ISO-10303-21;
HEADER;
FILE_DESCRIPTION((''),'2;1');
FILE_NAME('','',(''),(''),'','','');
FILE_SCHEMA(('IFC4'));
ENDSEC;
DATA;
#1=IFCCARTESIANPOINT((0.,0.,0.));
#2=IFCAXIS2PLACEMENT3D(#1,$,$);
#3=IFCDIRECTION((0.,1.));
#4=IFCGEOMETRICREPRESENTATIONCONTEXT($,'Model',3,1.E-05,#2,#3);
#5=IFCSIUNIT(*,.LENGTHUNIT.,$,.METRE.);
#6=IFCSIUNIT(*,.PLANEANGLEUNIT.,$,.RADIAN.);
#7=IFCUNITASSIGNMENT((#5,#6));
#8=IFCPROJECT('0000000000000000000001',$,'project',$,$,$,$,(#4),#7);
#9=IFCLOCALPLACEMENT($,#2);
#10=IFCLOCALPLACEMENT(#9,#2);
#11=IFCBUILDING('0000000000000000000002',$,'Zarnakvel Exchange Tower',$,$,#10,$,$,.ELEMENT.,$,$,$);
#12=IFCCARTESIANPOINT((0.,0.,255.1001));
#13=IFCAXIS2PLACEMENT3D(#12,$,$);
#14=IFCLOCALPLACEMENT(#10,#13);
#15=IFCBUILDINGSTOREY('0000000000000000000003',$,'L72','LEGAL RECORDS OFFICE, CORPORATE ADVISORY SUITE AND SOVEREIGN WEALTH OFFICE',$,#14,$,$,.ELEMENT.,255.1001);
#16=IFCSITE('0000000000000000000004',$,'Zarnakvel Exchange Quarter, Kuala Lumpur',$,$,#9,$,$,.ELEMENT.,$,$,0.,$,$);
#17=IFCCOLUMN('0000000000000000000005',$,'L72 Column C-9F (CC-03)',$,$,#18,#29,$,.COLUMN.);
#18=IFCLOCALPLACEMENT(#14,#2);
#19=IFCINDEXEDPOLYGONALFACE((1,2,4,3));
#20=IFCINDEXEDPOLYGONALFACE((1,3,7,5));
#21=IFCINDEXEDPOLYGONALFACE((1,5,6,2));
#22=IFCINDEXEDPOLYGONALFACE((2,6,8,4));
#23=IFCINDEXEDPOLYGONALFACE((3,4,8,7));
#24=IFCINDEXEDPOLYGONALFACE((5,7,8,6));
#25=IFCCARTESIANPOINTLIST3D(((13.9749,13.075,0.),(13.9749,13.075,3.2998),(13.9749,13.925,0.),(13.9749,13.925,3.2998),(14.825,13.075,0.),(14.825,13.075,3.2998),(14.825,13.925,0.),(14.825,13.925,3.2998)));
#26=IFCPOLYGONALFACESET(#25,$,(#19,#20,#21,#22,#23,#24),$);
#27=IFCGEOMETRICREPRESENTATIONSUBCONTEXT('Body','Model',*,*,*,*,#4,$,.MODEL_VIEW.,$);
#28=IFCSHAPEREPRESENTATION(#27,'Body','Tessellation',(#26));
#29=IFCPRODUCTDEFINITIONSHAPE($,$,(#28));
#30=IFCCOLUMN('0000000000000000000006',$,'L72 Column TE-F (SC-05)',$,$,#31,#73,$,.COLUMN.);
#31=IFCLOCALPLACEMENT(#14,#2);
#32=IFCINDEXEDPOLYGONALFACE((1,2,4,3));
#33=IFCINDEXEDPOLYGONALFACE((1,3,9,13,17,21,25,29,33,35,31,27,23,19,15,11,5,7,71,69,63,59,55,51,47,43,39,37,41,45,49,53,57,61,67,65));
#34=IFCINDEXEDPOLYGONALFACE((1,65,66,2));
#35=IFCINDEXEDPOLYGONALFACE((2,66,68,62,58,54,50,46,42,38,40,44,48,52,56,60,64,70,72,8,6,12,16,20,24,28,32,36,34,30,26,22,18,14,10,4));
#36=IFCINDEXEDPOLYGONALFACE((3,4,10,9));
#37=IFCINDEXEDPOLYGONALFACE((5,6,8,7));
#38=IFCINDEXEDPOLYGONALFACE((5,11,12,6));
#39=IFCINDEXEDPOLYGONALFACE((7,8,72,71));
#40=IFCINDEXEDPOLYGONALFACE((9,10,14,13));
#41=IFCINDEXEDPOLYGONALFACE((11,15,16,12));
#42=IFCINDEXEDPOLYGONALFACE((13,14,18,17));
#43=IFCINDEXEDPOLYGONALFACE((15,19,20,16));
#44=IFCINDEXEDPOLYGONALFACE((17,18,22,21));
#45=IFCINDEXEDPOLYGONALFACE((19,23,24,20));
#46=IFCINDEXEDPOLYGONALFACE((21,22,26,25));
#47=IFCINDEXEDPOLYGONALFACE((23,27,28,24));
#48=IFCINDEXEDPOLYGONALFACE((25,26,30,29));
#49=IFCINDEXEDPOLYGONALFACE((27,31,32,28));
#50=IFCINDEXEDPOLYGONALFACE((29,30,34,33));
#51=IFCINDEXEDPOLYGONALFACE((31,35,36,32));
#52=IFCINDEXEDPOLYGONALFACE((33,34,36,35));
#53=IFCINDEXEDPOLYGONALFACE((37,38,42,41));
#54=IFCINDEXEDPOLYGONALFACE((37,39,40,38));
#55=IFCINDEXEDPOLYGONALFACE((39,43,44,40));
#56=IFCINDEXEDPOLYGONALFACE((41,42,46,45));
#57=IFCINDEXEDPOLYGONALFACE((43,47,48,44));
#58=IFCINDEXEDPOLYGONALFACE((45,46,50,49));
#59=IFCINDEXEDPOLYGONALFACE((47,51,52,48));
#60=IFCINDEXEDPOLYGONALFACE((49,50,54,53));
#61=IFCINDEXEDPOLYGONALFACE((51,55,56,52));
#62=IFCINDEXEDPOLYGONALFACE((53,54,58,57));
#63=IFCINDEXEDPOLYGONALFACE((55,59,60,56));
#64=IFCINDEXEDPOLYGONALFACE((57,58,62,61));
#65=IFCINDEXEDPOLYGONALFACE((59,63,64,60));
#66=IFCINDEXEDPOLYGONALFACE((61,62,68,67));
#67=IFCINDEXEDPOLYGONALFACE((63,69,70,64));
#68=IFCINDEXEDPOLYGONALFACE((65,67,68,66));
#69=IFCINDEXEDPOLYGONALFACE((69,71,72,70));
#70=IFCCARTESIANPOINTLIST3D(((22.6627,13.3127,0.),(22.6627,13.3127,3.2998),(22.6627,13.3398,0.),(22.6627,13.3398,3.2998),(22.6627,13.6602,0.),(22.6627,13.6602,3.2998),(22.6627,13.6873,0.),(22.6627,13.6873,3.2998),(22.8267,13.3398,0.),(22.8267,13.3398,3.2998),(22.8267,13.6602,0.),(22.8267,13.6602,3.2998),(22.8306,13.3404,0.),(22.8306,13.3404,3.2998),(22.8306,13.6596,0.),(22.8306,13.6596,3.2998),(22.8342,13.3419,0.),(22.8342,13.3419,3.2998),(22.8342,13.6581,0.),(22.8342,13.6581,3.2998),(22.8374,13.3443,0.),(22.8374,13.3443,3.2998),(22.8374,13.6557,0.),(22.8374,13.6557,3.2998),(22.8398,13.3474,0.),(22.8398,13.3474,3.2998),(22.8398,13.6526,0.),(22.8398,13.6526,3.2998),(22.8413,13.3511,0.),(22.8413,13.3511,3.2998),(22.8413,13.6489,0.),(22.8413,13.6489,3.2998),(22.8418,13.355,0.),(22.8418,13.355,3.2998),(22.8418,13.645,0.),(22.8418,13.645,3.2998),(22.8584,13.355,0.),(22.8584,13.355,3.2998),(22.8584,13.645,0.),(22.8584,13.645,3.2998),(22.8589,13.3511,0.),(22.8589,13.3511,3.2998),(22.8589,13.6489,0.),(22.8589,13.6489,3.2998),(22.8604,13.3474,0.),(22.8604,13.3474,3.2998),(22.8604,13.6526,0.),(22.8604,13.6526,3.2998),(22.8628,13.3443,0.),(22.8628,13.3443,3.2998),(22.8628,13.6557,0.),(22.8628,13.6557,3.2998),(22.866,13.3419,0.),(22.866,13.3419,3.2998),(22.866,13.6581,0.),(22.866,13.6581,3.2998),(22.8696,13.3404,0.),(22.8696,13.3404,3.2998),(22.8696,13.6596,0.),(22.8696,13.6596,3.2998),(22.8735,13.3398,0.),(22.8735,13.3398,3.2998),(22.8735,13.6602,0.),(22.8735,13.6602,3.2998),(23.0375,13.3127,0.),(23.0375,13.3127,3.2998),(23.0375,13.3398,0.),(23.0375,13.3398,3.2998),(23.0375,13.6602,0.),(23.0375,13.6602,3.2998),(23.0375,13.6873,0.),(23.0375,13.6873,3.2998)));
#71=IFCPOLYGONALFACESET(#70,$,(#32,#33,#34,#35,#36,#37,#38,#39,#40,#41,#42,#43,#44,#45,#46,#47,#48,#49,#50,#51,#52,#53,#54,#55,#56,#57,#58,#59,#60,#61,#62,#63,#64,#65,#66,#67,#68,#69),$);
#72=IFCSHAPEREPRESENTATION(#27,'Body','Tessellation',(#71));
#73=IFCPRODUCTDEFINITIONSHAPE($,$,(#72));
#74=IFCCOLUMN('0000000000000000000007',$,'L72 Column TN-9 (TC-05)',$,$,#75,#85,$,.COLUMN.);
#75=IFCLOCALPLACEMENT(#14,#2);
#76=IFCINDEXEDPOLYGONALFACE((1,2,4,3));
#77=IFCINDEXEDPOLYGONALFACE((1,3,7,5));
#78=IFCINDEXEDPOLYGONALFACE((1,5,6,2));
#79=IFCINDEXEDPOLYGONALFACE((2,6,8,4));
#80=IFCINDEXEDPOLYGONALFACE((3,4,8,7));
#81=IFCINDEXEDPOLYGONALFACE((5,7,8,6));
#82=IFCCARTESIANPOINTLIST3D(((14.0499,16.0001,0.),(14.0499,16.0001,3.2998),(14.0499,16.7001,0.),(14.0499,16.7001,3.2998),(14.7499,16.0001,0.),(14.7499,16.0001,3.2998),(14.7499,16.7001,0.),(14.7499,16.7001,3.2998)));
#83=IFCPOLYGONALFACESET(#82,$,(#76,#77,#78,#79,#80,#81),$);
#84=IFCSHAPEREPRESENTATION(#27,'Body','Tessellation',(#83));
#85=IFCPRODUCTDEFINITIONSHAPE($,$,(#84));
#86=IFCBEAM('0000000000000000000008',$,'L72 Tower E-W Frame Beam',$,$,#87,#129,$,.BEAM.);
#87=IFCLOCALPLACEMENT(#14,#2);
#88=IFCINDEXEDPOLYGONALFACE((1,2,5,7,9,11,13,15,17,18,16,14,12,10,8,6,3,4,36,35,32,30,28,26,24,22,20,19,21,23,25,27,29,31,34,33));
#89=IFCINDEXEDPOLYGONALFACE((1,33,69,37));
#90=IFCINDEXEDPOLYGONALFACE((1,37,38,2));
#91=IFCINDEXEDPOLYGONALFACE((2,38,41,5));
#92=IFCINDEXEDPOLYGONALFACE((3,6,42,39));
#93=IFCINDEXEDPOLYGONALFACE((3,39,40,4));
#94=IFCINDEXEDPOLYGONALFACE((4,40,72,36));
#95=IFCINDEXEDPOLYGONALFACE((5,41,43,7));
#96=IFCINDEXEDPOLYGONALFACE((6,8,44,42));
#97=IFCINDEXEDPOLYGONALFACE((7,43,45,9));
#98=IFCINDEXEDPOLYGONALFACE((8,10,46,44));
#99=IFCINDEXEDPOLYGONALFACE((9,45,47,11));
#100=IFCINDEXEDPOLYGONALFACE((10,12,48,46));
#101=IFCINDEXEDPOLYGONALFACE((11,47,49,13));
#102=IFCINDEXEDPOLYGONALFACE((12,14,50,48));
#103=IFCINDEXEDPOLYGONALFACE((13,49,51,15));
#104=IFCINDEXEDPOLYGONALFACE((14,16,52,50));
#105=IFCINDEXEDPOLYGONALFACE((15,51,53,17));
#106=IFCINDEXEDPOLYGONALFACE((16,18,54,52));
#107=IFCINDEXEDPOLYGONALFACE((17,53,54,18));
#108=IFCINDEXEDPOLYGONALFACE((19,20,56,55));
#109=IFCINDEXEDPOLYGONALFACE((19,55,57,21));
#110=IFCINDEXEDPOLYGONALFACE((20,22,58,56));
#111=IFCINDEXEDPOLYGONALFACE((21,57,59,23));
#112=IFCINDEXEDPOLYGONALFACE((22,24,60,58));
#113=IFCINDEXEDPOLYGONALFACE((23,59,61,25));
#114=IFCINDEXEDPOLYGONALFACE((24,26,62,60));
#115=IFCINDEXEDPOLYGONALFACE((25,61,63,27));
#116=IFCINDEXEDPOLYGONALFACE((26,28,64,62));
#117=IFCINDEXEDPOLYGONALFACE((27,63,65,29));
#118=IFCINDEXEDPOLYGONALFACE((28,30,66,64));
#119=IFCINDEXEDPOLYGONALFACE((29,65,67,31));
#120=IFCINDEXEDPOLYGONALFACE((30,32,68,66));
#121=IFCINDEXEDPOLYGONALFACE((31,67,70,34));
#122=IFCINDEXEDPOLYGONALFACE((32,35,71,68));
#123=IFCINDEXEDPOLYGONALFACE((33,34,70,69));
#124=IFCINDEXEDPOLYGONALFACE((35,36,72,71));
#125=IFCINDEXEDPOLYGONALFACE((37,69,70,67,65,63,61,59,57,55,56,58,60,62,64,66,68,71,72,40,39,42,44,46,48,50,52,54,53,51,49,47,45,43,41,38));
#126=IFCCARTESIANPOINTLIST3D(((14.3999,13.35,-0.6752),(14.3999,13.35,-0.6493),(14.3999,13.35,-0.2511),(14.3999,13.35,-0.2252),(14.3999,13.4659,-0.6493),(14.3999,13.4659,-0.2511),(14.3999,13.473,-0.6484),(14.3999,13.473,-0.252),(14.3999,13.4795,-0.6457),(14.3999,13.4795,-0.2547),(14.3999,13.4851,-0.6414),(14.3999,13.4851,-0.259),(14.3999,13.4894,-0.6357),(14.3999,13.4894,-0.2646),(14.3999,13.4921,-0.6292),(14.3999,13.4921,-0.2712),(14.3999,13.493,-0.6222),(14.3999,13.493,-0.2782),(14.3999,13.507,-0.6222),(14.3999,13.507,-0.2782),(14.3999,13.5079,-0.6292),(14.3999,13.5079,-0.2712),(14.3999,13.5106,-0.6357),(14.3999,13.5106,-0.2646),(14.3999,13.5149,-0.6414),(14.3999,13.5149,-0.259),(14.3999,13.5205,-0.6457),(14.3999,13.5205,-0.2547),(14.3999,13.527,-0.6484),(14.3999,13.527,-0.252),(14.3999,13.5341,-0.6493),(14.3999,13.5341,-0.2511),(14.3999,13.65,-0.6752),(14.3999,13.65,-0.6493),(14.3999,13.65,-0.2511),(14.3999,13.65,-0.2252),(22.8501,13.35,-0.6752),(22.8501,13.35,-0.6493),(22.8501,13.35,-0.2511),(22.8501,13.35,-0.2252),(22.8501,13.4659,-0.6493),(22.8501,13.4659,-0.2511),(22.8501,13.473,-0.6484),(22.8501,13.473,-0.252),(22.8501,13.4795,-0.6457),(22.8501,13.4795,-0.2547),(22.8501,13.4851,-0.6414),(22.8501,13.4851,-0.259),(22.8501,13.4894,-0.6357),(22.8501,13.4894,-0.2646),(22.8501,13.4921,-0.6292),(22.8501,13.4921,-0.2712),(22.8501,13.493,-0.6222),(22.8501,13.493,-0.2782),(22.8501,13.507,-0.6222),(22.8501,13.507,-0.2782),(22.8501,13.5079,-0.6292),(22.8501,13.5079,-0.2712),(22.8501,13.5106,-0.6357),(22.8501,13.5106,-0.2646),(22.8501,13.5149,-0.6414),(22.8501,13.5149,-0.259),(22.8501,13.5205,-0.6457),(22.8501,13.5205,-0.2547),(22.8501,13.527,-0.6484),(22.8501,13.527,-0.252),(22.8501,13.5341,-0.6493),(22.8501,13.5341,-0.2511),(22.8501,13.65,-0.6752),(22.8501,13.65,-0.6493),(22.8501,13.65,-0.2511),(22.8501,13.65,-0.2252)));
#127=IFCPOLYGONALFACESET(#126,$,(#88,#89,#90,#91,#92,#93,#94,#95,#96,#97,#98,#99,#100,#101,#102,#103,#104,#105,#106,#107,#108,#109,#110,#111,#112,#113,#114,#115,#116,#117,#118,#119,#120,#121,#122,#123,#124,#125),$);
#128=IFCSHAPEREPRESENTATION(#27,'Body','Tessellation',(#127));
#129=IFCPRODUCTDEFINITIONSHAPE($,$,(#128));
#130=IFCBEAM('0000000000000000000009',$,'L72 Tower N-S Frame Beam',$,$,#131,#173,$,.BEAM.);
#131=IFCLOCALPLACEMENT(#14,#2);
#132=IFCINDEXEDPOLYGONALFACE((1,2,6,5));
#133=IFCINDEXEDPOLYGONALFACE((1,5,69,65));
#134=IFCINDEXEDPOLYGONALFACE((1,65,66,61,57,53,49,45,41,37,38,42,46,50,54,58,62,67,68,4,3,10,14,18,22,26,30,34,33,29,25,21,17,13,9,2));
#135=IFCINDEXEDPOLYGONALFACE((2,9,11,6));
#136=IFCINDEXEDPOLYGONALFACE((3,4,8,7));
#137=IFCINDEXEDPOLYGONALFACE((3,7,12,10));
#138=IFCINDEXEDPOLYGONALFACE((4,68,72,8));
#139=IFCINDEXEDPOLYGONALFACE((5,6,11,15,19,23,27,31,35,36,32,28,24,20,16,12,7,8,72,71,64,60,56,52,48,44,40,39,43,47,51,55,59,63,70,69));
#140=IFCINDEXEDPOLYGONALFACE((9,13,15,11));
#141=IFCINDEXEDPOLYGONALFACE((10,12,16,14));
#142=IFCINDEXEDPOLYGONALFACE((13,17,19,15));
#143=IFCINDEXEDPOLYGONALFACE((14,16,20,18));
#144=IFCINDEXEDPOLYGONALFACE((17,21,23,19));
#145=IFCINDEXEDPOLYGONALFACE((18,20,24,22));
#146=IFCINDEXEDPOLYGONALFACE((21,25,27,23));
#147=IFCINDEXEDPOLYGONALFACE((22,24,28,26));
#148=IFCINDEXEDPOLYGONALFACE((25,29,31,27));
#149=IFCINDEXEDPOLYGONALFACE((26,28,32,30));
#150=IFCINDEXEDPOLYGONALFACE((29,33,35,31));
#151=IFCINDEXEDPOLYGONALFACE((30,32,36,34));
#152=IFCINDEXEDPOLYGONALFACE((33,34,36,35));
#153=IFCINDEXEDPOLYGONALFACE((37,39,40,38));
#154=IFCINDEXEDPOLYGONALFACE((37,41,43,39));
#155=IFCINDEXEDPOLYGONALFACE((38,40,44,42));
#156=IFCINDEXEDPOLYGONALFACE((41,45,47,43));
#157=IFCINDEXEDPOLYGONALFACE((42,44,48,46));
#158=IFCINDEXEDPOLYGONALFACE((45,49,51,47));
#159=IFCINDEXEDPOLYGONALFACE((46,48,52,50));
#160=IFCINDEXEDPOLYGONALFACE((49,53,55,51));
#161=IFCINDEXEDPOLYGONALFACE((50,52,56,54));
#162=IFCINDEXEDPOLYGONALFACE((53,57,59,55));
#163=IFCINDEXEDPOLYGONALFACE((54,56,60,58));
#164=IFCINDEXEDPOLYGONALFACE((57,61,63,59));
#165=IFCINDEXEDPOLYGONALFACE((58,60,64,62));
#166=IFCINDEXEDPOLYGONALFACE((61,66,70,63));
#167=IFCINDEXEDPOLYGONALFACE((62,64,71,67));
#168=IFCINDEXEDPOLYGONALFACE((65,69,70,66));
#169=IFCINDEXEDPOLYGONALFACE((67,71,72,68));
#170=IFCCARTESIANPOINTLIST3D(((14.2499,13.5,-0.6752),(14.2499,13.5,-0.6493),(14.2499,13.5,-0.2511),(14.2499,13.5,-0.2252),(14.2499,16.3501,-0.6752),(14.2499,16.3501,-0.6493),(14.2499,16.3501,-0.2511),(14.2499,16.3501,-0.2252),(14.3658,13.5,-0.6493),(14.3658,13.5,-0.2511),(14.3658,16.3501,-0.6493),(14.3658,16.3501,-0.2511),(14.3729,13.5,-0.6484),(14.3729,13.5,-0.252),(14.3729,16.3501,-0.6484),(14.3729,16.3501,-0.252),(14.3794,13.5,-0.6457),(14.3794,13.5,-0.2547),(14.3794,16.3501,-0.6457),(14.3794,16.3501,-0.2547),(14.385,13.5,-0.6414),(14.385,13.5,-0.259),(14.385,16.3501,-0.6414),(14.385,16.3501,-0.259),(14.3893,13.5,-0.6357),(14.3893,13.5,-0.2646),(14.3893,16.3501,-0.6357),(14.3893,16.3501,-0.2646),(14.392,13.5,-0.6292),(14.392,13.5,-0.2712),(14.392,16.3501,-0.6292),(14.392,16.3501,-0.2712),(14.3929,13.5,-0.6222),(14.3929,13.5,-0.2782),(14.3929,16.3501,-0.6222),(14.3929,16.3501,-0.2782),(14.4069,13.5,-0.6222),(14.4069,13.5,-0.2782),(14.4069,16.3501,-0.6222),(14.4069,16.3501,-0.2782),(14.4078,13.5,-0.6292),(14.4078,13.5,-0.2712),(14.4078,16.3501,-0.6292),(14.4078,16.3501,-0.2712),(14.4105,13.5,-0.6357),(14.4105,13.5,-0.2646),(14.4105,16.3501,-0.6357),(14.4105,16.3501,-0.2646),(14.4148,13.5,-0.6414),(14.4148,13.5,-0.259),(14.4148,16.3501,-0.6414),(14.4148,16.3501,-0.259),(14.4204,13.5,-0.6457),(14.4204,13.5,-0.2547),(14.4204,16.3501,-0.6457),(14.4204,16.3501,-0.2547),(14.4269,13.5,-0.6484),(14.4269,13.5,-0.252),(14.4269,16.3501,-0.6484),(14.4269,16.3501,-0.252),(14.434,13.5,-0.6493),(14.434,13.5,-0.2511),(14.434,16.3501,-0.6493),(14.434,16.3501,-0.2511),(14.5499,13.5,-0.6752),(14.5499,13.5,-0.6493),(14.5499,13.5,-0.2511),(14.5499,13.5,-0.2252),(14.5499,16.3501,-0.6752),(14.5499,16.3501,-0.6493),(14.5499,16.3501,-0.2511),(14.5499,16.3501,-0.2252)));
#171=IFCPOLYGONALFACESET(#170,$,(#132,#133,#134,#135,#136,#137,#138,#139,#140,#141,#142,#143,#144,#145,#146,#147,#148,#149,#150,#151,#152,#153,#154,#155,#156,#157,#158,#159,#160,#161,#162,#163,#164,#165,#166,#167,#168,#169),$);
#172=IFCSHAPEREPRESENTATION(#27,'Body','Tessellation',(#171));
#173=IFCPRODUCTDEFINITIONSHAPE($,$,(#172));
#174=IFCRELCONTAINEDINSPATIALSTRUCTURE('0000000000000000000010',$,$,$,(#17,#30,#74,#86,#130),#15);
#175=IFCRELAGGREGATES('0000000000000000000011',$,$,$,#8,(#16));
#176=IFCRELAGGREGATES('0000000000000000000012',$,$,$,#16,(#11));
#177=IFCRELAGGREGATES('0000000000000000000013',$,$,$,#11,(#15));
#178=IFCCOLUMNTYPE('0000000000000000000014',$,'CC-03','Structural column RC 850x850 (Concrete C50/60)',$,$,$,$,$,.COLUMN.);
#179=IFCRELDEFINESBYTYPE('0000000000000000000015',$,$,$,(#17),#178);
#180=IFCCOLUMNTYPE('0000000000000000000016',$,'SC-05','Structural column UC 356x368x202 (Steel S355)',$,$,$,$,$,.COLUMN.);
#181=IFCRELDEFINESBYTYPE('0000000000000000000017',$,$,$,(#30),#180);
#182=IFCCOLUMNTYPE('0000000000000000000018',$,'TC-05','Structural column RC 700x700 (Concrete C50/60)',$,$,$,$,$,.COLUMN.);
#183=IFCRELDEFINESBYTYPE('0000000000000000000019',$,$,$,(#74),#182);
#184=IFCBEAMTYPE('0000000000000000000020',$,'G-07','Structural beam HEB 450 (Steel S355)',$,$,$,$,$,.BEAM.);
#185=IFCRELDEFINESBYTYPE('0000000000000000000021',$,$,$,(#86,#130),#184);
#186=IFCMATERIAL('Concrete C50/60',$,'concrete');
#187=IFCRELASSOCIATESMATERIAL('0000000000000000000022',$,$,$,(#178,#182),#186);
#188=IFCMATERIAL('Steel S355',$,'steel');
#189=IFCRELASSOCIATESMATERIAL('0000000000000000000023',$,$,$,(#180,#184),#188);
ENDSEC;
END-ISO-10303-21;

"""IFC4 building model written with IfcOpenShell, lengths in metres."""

from ifc_helpers import new_model, si_unit, direction, frame, origin, origin_2d, place, context, subcontext, project, spatial, rectangle, i_section, extrude, material, material_profile, profile_set, type_object, element, save


model = new_model("IFC4")

# Units and contexts
model_context = context("Model", 3, precision=1e-05, world=origin(), true_north=direction((0.0, 1.0)))
body_context = subcontext(model_context, "Body", "Model", "MODEL_VIEW")
ifc_project = project(units=[si_unit("LENGTHUNIT", "METRE"), si_unit("PLANEANGLEUNIT", "RADIAN")], contexts=[model_context])

# Site, building, storey
site_placement = place(None, origin())
site = spatial("IfcSite", under=ifc_project, at=site_placement, Name="Zarnakvel Exchange Quarter, Kuala Lumpur", CompositionType="ELEMENT", RefElevation=0.0)
building_placement = place(site_placement, origin())
building = spatial("IfcBuilding", under=site, at=building_placement, Name="Zarnakvel Exchange Tower", CompositionType="ELEMENT")
storey_placement = place(building_placement, frame((0.0, 0.0, 255.1001)))
storey = spatial("IfcBuildingStorey", under=building, at=storey_placement, Name="L72", Description="LEGAL RECORDS OFFICE, CORPORATE ADVISORY SUITE AND SOVEREIGN WEALTH OFFICE", CompositionType="ELEMENT", Elevation=255.1001)

# Columns
ifc_material_1 = material(Name="Concrete C50/60", Category="concrete")
ifc_material_profile_1 = material_profile(ifc_material_1, rectangle(XDim=0.8501, YDim=0.8501, at=origin_2d()))
ifc_profile_set_1 = profile_set([ifc_material_profile_1], Name="Concrete C50/60")
column_type_1 = type_object("IfcColumnType", Name="CC-03", Description="Structural column RC 850x850 (Concrete C50/60)", PredefinedType="COLUMN", material=ifc_profile_set_1)
column_1_placement = place(storey_placement, frame((14.3999, 13.5, 0.0), z_axis=(0.0, 0.0, 1.0), x_axis=(1.0, 0.0, 0.0)))
element("IfcColumn", 1, at=column_1_placement, inside=storey, type_object=column_type_1, Name="L72 Column C-9F (CC-03)", PredefinedType="COLUMN", context=body_context, shape_type="SweptSolid", body=[
    extrude(rectangle(XDim=0.8501, YDim=0.8501, at=origin_2d()), origin(), (0.0, 0.0, 1.0), 3.2998),
])
ifc_material_2 = material(Name="Steel S355", Category="steel")
ifc_material_profile_2 = material_profile(ifc_material_2, i_section(OverallWidth=0.3748, OverallDepth=0.3745, WebThickness=0.0166, FlangeThickness=0.0271, FilletRadius=0.0151, at=origin_2d()))
ifc_profile_set_2 = profile_set([ifc_material_profile_2], Name="Steel S355")
column_type_2 = type_object("IfcColumnType", Name="SC-05", Description="Structural column UC 356x368x202 (Steel S355)", PredefinedType="COLUMN", material=ifc_profile_set_2)
column_2_placement = place(storey_placement, frame((22.8501, 13.5, 0.0), z_axis=(0.0, 0.0, 1.0), x_axis=(1.0, 0.0, 0.0)))
element("IfcColumn", 2, at=column_2_placement, inside=storey, type_object=column_type_2, Name="L72 Column TE-F (SC-05)", PredefinedType="COLUMN", context=body_context, shape_type="SweptSolid", body=[
    extrude(i_section(OverallWidth=0.3748, OverallDepth=0.3745, WebThickness=0.0166, FlangeThickness=0.0271, FilletRadius=0.0151, at=origin_2d()), origin(), (0.0, 0.0, 1.0), 3.2998),
])
ifc_material_profile_3 = material_profile(ifc_material_1, rectangle(XDim=0.7, YDim=0.7, at=origin_2d()))
ifc_profile_set_3 = profile_set([ifc_material_profile_3], Name="Concrete C50/60")
column_type_3 = type_object("IfcColumnType", Name="TC-05", Description="Structural column RC 700x700 (Concrete C50/60)", PredefinedType="COLUMN", material=ifc_profile_set_3)
column_3_placement = place(storey_placement, frame((14.3999, 16.3501, 0.0), z_axis=(0.0, 0.0, 1.0), x_axis=(1.0, 0.0, 0.0)))
element("IfcColumn", 3, at=column_3_placement, inside=storey, type_object=column_type_3, Name="L72 Column TN-9 (TC-05)", PredefinedType="COLUMN", context=body_context, shape_type="SweptSolid", body=[
    extrude(rectangle(XDim=0.7, YDim=0.7, at=origin_2d()), origin(), (0.0, 0.0, 1.0), 3.2998),
])

# Beams
ifc_material_profile_4 = material_profile(ifc_material_2, i_section(OverallWidth=0.3, OverallDepth=0.45, WebThickness=0.0139, FlangeThickness=0.0259, FilletRadius=0.0271, at=origin_2d()))
ifc_profile_set_4 = profile_set([ifc_material_profile_4], Name="Steel S355")
beam_type = type_object("IfcBeamType", Name="G-07", Description="Structural beam HEB 450 (Steel S355)", PredefinedType="BEAM", material=ifc_profile_set_4)
beam_1_placement = place(storey_placement, frame((14.3999, 13.5, -0.4502), z_axis=(1.0, 0.0, 0.0), x_axis=(0.0, 1.0, 0.0)))
element("IfcBeam", 4, at=beam_1_placement, inside=storey, type_object=beam_type, Name="L72 Tower E-W Frame Beam", PredefinedType="BEAM", context=body_context, shape_type="SweptSolid", body=[
    extrude(i_section(OverallWidth=0.3, OverallDepth=0.45, WebThickness=0.0139, FlangeThickness=0.0259, FilletRadius=0.0271, at=origin_2d()), origin(), (0.0, 0.0, 1.0), 8.4502),
])
beam_2_placement = place(storey_placement, frame((14.3999, 13.5, -0.4502), z_axis=(0.0, 1.0, 0.0), x_axis=(-1.0, 0.0, 0.0)))
element("IfcBeam", 5, at=beam_2_placement, inside=storey, type_object=beam_type, Name="L72 Tower N-S Frame Beam", PredefinedType="BEAM", context=body_context, shape_type="SweptSolid", body=[
    extrude(i_section(OverallWidth=0.3, OverallDepth=0.45, WebThickness=0.0139, FlangeThickness=0.0259, FilletRadius=0.0271, at=origin_2d()), origin(), (0.0, 0.0, 1.0), 2.8501),
])

save(model, "model.ifc")
